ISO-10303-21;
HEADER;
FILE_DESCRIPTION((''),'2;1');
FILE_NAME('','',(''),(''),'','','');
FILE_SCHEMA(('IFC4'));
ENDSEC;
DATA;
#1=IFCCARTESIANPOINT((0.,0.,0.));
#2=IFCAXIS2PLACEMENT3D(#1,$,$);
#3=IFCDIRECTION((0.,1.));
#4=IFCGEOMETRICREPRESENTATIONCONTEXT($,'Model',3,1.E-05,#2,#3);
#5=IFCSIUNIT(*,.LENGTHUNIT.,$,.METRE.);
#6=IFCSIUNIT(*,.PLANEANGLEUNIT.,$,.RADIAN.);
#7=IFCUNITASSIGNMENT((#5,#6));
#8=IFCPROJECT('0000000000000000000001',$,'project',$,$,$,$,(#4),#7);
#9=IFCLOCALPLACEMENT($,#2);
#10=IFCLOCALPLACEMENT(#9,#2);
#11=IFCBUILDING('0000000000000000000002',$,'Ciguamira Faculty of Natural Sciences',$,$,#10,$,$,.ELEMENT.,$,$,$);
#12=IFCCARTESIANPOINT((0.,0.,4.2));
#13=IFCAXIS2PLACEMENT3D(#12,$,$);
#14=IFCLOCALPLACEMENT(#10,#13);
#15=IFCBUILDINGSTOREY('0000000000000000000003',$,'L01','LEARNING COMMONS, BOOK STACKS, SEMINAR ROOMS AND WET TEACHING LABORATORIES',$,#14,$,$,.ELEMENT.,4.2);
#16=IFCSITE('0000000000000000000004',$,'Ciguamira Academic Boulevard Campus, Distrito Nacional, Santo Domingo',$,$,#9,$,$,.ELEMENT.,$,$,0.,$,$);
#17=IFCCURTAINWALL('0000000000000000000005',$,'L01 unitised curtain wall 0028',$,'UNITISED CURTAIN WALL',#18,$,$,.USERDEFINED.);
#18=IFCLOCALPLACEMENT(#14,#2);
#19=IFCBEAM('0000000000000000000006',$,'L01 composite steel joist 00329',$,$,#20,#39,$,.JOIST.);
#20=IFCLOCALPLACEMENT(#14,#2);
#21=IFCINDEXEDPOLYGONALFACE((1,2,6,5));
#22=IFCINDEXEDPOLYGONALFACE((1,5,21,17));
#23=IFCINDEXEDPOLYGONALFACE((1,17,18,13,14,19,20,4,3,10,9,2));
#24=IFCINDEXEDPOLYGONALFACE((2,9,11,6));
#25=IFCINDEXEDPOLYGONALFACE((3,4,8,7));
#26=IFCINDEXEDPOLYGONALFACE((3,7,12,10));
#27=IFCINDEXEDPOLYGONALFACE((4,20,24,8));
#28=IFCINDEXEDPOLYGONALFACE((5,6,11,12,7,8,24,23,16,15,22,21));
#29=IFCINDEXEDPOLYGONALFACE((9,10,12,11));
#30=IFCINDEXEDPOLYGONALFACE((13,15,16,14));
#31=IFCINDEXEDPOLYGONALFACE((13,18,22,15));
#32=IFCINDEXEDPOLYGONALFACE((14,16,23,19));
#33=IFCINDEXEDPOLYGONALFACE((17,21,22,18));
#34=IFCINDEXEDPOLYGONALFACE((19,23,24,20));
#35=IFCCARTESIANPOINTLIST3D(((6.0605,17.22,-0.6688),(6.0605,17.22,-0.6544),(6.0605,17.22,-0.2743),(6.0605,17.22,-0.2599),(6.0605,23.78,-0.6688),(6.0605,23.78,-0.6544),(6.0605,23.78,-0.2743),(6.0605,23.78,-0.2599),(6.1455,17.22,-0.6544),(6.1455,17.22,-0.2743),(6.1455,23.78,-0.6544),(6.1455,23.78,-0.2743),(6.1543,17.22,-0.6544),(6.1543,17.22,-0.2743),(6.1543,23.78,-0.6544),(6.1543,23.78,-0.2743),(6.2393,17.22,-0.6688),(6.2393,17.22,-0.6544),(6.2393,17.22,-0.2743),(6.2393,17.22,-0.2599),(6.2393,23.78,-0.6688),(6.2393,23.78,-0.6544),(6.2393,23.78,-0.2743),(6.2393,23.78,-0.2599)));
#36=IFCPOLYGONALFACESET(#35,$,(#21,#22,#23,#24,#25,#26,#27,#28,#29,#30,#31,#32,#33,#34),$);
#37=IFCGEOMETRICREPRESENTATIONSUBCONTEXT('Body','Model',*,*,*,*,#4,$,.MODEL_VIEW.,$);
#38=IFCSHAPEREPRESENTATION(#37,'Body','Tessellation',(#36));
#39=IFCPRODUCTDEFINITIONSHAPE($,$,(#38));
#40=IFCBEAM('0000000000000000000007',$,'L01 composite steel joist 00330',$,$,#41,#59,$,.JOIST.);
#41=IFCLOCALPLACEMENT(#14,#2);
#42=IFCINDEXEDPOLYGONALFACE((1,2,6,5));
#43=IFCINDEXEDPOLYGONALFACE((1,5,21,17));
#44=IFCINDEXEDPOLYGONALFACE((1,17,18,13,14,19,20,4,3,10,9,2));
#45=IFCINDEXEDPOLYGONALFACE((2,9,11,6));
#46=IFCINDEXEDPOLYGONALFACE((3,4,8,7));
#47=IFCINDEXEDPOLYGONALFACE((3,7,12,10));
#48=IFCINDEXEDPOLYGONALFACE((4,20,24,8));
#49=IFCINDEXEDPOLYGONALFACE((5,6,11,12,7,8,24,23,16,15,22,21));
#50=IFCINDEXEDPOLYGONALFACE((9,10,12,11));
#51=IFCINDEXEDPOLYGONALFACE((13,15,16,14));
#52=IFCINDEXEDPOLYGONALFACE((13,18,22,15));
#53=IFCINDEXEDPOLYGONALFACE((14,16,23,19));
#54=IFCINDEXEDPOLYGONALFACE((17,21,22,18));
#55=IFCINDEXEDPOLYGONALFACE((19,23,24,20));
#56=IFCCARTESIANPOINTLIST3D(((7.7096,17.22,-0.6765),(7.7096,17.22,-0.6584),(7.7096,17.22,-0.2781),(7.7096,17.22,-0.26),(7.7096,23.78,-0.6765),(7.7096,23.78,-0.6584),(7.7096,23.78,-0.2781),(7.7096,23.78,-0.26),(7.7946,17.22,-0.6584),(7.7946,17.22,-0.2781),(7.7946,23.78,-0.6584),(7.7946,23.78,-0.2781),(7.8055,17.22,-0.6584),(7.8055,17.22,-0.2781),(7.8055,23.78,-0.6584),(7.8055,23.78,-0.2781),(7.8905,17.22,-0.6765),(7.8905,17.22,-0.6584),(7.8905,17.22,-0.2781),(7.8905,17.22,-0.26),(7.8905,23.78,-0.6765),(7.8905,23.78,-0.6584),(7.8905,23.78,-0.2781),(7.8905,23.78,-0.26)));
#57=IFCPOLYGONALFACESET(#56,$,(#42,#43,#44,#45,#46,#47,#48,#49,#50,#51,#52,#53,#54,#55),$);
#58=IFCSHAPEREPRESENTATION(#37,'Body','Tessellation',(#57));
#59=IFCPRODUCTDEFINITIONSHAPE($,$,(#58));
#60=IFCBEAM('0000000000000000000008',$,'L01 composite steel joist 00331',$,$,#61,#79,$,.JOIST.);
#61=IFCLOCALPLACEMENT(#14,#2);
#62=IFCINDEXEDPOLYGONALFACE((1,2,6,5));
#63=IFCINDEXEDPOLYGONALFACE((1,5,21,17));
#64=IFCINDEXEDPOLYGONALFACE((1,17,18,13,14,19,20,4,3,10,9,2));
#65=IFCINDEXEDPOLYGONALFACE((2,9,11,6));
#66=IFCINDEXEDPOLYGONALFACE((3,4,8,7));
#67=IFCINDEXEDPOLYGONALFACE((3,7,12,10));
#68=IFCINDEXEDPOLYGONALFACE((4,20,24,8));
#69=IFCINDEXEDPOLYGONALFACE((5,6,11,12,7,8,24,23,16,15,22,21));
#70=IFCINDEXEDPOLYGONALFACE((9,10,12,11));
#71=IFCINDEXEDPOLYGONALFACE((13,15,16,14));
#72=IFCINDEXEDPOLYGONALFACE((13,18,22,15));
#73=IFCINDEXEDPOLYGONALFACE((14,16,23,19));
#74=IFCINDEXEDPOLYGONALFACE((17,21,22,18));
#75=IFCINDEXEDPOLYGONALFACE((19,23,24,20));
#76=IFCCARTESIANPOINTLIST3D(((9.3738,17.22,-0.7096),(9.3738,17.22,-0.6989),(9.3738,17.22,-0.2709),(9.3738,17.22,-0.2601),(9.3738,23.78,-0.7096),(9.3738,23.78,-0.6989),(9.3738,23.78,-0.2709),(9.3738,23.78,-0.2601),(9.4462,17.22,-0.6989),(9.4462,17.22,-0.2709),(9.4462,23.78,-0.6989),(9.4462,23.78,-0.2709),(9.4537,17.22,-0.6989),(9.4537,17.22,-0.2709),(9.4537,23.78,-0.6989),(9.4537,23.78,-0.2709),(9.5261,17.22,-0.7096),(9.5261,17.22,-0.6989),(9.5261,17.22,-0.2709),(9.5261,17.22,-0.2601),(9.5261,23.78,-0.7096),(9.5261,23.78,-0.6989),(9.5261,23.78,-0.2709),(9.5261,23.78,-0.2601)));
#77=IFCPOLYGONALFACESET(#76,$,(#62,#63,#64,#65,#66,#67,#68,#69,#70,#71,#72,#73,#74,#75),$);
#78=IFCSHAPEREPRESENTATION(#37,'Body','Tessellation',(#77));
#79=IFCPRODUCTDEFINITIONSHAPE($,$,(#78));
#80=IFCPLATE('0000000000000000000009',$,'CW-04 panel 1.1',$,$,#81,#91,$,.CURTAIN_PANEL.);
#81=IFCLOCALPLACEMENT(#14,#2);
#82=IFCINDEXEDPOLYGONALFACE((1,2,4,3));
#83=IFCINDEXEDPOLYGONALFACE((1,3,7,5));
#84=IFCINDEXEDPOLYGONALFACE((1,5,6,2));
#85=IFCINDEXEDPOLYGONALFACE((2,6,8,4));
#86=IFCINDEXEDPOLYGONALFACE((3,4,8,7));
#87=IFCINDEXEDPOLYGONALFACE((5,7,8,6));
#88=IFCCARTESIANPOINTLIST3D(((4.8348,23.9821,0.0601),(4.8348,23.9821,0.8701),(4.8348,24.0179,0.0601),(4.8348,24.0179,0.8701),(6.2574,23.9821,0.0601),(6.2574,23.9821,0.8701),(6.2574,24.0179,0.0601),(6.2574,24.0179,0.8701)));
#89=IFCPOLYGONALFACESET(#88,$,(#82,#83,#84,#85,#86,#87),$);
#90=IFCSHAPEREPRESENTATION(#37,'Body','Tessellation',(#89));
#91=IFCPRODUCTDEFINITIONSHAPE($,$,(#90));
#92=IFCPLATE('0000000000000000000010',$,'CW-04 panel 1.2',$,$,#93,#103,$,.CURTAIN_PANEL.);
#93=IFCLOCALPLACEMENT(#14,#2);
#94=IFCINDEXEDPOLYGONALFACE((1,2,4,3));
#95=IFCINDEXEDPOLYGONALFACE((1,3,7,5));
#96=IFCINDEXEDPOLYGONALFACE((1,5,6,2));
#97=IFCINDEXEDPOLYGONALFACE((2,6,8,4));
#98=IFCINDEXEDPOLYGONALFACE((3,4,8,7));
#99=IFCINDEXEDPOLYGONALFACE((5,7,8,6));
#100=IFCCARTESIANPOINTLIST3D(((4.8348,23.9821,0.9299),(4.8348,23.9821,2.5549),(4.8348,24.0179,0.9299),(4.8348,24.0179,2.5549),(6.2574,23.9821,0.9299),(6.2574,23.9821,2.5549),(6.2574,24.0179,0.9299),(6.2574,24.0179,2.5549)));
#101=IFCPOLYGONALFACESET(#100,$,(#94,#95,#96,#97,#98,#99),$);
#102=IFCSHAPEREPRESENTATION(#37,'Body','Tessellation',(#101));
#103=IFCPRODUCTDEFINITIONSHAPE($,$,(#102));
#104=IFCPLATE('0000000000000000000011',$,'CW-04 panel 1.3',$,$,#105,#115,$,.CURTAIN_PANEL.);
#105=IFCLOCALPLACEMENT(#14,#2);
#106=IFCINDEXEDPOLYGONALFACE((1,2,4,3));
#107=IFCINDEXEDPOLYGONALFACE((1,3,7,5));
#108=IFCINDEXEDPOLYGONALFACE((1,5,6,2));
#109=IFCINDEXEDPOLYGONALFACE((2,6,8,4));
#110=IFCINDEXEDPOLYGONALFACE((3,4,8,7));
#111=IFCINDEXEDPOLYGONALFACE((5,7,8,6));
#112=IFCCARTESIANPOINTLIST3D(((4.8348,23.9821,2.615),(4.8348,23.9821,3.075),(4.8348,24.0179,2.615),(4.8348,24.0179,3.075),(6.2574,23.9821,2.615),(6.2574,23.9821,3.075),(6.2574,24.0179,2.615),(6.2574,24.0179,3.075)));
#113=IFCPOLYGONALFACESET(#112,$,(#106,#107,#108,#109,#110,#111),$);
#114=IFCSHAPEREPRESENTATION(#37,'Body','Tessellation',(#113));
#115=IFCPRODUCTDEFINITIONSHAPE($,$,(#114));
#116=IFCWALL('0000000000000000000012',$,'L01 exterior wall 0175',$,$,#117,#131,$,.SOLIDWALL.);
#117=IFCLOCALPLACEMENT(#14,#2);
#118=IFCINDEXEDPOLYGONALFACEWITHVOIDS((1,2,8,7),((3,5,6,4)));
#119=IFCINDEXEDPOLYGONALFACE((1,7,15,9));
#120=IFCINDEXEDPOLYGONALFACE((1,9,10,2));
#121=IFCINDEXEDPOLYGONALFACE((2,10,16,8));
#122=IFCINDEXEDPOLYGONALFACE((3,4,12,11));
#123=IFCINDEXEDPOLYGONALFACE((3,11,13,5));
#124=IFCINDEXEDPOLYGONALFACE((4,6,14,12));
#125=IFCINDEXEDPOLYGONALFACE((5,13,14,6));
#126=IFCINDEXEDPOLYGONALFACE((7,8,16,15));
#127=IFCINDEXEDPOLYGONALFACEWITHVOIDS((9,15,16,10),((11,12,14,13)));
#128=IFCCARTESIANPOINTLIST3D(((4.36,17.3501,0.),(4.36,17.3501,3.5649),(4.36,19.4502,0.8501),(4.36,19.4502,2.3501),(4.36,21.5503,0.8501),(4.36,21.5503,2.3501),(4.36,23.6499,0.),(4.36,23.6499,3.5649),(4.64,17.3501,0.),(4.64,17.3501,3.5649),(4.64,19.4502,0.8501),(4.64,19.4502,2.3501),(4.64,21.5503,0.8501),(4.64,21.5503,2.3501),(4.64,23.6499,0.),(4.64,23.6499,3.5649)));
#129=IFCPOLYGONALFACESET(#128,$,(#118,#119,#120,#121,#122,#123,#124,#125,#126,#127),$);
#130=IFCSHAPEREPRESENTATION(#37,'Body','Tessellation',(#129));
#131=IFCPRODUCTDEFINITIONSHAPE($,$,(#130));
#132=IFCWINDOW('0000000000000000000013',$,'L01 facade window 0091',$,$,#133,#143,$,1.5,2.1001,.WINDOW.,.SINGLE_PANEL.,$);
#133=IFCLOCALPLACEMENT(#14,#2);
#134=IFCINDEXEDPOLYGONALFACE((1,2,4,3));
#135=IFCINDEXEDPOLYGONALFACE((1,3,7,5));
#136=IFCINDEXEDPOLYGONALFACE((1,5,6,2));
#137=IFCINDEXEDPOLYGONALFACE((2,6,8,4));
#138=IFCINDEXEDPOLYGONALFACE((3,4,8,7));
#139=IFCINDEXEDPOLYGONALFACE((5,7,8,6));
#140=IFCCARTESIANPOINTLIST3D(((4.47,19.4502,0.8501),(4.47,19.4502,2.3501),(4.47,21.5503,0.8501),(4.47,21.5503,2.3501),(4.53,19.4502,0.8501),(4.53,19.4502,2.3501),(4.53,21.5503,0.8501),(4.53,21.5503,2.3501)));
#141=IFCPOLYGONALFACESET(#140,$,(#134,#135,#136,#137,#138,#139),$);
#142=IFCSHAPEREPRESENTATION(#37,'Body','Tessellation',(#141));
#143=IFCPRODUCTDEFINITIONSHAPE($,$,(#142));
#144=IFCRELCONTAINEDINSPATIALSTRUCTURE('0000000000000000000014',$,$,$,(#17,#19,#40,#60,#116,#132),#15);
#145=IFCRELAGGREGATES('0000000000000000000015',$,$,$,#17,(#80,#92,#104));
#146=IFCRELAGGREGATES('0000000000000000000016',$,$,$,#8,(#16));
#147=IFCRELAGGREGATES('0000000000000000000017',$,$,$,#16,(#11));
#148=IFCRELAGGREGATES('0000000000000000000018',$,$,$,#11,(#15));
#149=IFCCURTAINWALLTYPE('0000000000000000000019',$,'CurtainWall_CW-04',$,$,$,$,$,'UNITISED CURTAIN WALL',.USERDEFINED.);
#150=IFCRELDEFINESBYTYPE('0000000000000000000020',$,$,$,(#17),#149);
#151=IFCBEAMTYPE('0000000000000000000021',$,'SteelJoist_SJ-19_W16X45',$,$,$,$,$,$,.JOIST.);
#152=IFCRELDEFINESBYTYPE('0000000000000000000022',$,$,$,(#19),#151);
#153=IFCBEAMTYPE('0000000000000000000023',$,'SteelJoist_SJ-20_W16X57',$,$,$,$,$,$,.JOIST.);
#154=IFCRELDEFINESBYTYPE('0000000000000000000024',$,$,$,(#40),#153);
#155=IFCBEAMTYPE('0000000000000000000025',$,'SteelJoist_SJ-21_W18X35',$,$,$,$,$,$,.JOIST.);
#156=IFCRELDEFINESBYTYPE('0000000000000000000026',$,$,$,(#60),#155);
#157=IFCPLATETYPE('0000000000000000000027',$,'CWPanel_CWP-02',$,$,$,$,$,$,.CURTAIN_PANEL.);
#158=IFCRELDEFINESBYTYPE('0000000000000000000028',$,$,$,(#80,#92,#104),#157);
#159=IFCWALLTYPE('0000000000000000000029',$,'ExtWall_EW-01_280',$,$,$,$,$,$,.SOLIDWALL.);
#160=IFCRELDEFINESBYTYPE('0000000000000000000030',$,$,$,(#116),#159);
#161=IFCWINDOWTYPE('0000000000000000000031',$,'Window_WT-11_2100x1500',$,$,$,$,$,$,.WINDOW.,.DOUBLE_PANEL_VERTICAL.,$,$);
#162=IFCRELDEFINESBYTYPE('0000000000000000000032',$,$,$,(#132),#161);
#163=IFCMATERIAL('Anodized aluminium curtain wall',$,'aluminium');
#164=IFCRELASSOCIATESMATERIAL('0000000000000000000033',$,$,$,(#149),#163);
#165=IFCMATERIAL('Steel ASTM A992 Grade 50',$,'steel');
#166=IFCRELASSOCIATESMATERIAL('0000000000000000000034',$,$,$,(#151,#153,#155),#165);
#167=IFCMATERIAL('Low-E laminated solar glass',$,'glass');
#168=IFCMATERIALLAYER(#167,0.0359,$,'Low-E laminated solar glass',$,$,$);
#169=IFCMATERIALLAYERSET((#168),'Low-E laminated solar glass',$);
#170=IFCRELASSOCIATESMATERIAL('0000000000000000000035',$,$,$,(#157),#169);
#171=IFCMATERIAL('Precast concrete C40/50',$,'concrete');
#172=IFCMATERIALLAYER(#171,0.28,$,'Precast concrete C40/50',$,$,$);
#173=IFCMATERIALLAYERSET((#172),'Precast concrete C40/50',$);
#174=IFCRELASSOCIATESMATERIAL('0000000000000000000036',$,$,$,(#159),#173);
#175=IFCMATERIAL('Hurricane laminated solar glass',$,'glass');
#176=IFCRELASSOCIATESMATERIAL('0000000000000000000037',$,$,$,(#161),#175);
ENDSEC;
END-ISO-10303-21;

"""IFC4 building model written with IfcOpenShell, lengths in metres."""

from ifc_helpers import new_model, si_unit, direction, frame, frame_2d, origin, origin_2d, place, context, subcontext, project, spatial, rectangle, i_section, extrude, material, layer, layer_set, material_profile, profile_set, type_object, element, fill, aggregate, save


model = new_model("IFC4")

# Units and contexts
model_context = context("Model", 3, precision=1e-05, world=origin(), true_north=direction((0.0, 1.0)))
body_context = subcontext(model_context, "Body", "Model", "MODEL_VIEW")
ifc_project = project(units=[si_unit("LENGTHUNIT", "METRE"), si_unit("PLANEANGLEUNIT", "RADIAN")], contexts=[model_context])

# Site, building, storey
site_placement = place(None, origin())
site = spatial("IfcSite", under=ifc_project, at=site_placement, Name="Ciguamira Academic Boulevard Campus, Distrito Nacional, Santo Domingo", CompositionType="ELEMENT", RefElevation=0.0)
building_placement = place(site_placement, origin())
building = spatial("IfcBuilding", under=site, at=building_placement, Name="Ciguamira Faculty of Natural Sciences", CompositionType="ELEMENT")
storey_placement = place(building_placement, frame((0.0, 0.0, 4.2)))
storey = spatial("IfcBuildingStorey", under=building, at=storey_placement, Name="L01", Description="LEARNING COMMONS, BOOK STACKS, SEMINAR ROOMS AND WET TEACHING LABORATORIES", CompositionType="ELEMENT", Elevation=4.2)

# Curtain wall
ifc_material_1 = material(Name="Anodized aluminium curtain wall", Category="aluminium")
curtain_wall_type = type_object("IfcCurtainWallType", Name="CurtainWall_CW-04", ElementType="UNITISED CURTAIN WALL", PredefinedType="USERDEFINED", material=ifc_material_1)
curtain_wall_placement = place(storey_placement, origin())
curtain_wall = element("IfcCurtainWall", 1, at=curtain_wall_placement, inside=storey, type_object=curtain_wall_type, Name="L01 unitised curtain wall 0028", ObjectType="UNITISED CURTAIN WALL", PredefinedType="USERDEFINED")

# Beams
ifc_material_2 = material(Name="Precast concrete C40/50", Category="concrete")
ifc_material_3 = material(Name="Steel ASTM A992 Grade 50", Category="steel")
ifc_material_profile_1 = material_profile(ifc_material_3, i_section(OverallWidth=0.1787, OverallDepth=0.4089, WebThickness=0.0088, FlangeThickness=0.0144, at=origin_2d()), Name="W16X45")
ifc_profile_set_1 = profile_set([ifc_material_profile_1], Name="Steel ASTM A992 Grade 50")
beam_type_1 = type_object("IfcBeamType", Name="SteelJoist_SJ-19_W16X45", PredefinedType="JOIST", material=ifc_profile_set_1)
beam_1_placement = place(storey_placement, frame((6.1499, 17.22, -0.4644), z_axis=(0.0, 1.0, 0.0), x_axis=(-1.0, 0.0, 0.0)))
element("IfcBeam", 2, at=beam_1_placement, inside=storey, type_object=beam_type_1, Name="L01 composite steel joist 00329", PredefinedType="JOIST", context=body_context, shape_type="SweptSolid", body=[
    extrude(i_section(OverallWidth=0.1787, OverallDepth=0.4089, WebThickness=0.0088, FlangeThickness=0.0144, at=origin_2d()), origin(), (0.0, 0.0, 1.0), 6.5601),
])
ifc_material_profile_2 = material_profile(ifc_material_3, i_section(OverallWidth=0.1809, OverallDepth=0.4165, WebThickness=0.011, FlangeThickness=0.0181, at=origin_2d()), Name="W16X57")
ifc_profile_set_2 = profile_set([ifc_material_profile_2], Name="Steel ASTM A992 Grade 50")
beam_type_2 = type_object("IfcBeamType", Name="SteelJoist_SJ-20_W16X57", PredefinedType="JOIST", material=ifc_profile_set_2)
beam_2_placement = place(storey_placement, frame((7.8, 17.22, -0.4683), z_axis=(0.0, 1.0, 0.0), x_axis=(-1.0, 0.0, 0.0)))
element("IfcBeam", 3, at=beam_2_placement, inside=storey, type_object=beam_type_2, Name="L01 composite steel joist 00330", PredefinedType="JOIST", context=body_context, shape_type="SweptSolid", body=[
    extrude(i_section(OverallWidth=0.1809, OverallDepth=0.4165, WebThickness=0.011, FlangeThickness=0.0181, at=origin_2d()), origin(), (0.0, 0.0, 1.0), 6.5601),
])
ifc_material_profile_3 = material_profile(ifc_material_3, i_section(OverallWidth=0.1523, OverallDepth=0.4495, WebThickness=0.0076, FlangeThickness=0.0107, at=origin_2d()), Name="W18X35")
ifc_profile_set_3 = profile_set([ifc_material_profile_3], Name="Steel ASTM A992 Grade 50")
beam_type_3 = type_object("IfcBeamType", Name="SteelJoist_SJ-21_W18X35", PredefinedType="JOIST", material=ifc_profile_set_3)
beam_3_placement = place(storey_placement, frame((9.45, 17.22, -0.4849), z_axis=(0.0, 1.0, 0.0), x_axis=(-1.0, 0.0, 0.0)))
element("IfcBeam", 4, at=beam_3_placement, inside=storey, type_object=beam_type_3, Name="L01 composite steel joist 00331", PredefinedType="JOIST", context=body_context, shape_type="SweptSolid", body=[
    extrude(i_section(OverallWidth=0.1523, OverallDepth=0.4495, WebThickness=0.0076, FlangeThickness=0.0107, at=origin_2d()), origin(), (0.0, 0.0, 1.0), 6.5601),
])

# Plates
ifc_material_4 = material(Name="Low-E laminated solar glass", Category="glass")
ifc_layer_1 = layer(ifc_material_4, 0.0359, Name="Low-E laminated solar glass")
ifc_layer_set_1 = layer_set([ifc_layer_1], Name="Low-E laminated solar glass")
plate_type = type_object("IfcPlateType", Name="CWPanel_CWP-02", PredefinedType="CURTAIN_PANEL", material=ifc_layer_set_1)
plate_1_placement = place(storey_placement, frame((5.5461, 24.0, 0.0601), z_axis=(0.0, 0.0, 1.0), x_axis=(1.0, 0.0, 0.0)))
plate_1 = element("IfcPlate", 5, at=plate_1_placement, type_object=plate_type, Name="CW-04 panel 1.1", PredefinedType="CURTAIN_PANEL", context=body_context, shape_type="SweptSolid", body=[
    extrude(rectangle(XDim=1.4226, YDim=0.0359, at=origin_2d()), origin(), (0.0, 0.0, 1.0), 0.8101),
])
plate_2_placement = place(storey_placement, frame((5.5461, 24.0, 0.9299), z_axis=(0.0, 0.0, 1.0), x_axis=(1.0, 0.0, 0.0)))
plate_2 = element("IfcPlate", 6, at=plate_2_placement, type_object=plate_type, Name="CW-04 panel 1.2", PredefinedType="CURTAIN_PANEL", context=body_context, shape_type="SweptSolid", body=[
    extrude(rectangle(XDim=1.4226, YDim=0.0359, at=origin_2d()), origin(), (0.0, 0.0, 1.0), 1.625),
])
plate_3_placement = place(storey_placement, frame((5.5461, 24.0, 2.615), z_axis=(0.0, 0.0, 1.0), x_axis=(1.0, 0.0, 0.0)))
plate_3 = element("IfcPlate", 7, at=plate_3_placement, type_object=plate_type, Name="CW-04 panel 1.3", PredefinedType="CURTAIN_PANEL", context=body_context, shape_type="SweptSolid", body=[
    extrude(rectangle(XDim=1.4226, YDim=0.0359, at=origin_2d()), origin(), (0.0, 0.0, 1.0), 0.46),
])
aggregate(curtain_wall, [plate_1, plate_2, plate_3])

# Wall, opening, window
ifc_layer_2 = layer(ifc_material_2, 0.28, Name="Precast concrete C40/50")
ifc_layer_set_2 = layer_set([ifc_layer_2], Name="Precast concrete C40/50")
wall_type = type_object("IfcWallType", Name="ExtWall_EW-01_280", PredefinedType="SOLIDWALL", material=ifc_layer_set_2)
wall_placement = place(storey_placement, frame((4.5, 17.3501, 0.0), z_axis=(0.0, 0.0, 1.0), x_axis=(0.0, 1.0, 0.0)))
wall = element("IfcWall", 8, at=wall_placement, inside=storey, type_object=wall_type, Name="L01 exterior wall 0175", PredefinedType="SOLIDWALL", context=body_context, shape_type="SweptSolid", body=[
    extrude(rectangle(XDim=6.2998, YDim=0.28, at=frame_2d((3.1499, 0.0))), origin(), (0.0, 0.0, 1.0), 3.5649),
])
opening_placement = place(wall_placement, frame((2.1001, 0.0, 0.8501)))
opening = element("IfcOpeningElement", 9, at=opening_placement, cuts=wall, PredefinedType="OPENING", context=body_context, shape_type="SweptSolid", body=[
    extrude(rectangle(XDim=2.1001, YDim=1.5, at=frame_2d((1.05, 0.75))), frame((0.0, 0.1499, 0.0), z_axis=(0.0, -1.0, 0.0), x_axis=(1.0, 0.0, 0.0)), (0.0, 0.0, 1.0), 0.3),
])
ifc_material_5 = material(Name="Hurricane laminated solar glass", Category="glass")
window_type = type_object("IfcWindowType", Name="Window_WT-11_2100x1500", PartitioningType="DOUBLE_PANEL_VERTICAL", PredefinedType="WINDOW", material=ifc_material_5)
window_placement = place(opening_placement, origin())
window = element("IfcWindow", 10, at=window_placement, inside=storey, type_object=window_type, Name="L01 facade window 0091", OverallHeight=1.5, OverallWidth=2.1001, PartitioningType="SINGLE_PANEL", PredefinedType="WINDOW", context=body_context, shape_type="SweptSolid", body=[
    extrude(rectangle(XDim=2.1001, YDim=1.5, at=frame_2d((1.05, 0.75))), frame((0.0, 0.03, 0.0), z_axis=(0.0, -1.0, 0.0), x_axis=(1.0, 0.0, 0.0)), (0.0, 0.0, 1.0), 0.0601),
])
fill(opening, window)

save(model, "model.ifc")
